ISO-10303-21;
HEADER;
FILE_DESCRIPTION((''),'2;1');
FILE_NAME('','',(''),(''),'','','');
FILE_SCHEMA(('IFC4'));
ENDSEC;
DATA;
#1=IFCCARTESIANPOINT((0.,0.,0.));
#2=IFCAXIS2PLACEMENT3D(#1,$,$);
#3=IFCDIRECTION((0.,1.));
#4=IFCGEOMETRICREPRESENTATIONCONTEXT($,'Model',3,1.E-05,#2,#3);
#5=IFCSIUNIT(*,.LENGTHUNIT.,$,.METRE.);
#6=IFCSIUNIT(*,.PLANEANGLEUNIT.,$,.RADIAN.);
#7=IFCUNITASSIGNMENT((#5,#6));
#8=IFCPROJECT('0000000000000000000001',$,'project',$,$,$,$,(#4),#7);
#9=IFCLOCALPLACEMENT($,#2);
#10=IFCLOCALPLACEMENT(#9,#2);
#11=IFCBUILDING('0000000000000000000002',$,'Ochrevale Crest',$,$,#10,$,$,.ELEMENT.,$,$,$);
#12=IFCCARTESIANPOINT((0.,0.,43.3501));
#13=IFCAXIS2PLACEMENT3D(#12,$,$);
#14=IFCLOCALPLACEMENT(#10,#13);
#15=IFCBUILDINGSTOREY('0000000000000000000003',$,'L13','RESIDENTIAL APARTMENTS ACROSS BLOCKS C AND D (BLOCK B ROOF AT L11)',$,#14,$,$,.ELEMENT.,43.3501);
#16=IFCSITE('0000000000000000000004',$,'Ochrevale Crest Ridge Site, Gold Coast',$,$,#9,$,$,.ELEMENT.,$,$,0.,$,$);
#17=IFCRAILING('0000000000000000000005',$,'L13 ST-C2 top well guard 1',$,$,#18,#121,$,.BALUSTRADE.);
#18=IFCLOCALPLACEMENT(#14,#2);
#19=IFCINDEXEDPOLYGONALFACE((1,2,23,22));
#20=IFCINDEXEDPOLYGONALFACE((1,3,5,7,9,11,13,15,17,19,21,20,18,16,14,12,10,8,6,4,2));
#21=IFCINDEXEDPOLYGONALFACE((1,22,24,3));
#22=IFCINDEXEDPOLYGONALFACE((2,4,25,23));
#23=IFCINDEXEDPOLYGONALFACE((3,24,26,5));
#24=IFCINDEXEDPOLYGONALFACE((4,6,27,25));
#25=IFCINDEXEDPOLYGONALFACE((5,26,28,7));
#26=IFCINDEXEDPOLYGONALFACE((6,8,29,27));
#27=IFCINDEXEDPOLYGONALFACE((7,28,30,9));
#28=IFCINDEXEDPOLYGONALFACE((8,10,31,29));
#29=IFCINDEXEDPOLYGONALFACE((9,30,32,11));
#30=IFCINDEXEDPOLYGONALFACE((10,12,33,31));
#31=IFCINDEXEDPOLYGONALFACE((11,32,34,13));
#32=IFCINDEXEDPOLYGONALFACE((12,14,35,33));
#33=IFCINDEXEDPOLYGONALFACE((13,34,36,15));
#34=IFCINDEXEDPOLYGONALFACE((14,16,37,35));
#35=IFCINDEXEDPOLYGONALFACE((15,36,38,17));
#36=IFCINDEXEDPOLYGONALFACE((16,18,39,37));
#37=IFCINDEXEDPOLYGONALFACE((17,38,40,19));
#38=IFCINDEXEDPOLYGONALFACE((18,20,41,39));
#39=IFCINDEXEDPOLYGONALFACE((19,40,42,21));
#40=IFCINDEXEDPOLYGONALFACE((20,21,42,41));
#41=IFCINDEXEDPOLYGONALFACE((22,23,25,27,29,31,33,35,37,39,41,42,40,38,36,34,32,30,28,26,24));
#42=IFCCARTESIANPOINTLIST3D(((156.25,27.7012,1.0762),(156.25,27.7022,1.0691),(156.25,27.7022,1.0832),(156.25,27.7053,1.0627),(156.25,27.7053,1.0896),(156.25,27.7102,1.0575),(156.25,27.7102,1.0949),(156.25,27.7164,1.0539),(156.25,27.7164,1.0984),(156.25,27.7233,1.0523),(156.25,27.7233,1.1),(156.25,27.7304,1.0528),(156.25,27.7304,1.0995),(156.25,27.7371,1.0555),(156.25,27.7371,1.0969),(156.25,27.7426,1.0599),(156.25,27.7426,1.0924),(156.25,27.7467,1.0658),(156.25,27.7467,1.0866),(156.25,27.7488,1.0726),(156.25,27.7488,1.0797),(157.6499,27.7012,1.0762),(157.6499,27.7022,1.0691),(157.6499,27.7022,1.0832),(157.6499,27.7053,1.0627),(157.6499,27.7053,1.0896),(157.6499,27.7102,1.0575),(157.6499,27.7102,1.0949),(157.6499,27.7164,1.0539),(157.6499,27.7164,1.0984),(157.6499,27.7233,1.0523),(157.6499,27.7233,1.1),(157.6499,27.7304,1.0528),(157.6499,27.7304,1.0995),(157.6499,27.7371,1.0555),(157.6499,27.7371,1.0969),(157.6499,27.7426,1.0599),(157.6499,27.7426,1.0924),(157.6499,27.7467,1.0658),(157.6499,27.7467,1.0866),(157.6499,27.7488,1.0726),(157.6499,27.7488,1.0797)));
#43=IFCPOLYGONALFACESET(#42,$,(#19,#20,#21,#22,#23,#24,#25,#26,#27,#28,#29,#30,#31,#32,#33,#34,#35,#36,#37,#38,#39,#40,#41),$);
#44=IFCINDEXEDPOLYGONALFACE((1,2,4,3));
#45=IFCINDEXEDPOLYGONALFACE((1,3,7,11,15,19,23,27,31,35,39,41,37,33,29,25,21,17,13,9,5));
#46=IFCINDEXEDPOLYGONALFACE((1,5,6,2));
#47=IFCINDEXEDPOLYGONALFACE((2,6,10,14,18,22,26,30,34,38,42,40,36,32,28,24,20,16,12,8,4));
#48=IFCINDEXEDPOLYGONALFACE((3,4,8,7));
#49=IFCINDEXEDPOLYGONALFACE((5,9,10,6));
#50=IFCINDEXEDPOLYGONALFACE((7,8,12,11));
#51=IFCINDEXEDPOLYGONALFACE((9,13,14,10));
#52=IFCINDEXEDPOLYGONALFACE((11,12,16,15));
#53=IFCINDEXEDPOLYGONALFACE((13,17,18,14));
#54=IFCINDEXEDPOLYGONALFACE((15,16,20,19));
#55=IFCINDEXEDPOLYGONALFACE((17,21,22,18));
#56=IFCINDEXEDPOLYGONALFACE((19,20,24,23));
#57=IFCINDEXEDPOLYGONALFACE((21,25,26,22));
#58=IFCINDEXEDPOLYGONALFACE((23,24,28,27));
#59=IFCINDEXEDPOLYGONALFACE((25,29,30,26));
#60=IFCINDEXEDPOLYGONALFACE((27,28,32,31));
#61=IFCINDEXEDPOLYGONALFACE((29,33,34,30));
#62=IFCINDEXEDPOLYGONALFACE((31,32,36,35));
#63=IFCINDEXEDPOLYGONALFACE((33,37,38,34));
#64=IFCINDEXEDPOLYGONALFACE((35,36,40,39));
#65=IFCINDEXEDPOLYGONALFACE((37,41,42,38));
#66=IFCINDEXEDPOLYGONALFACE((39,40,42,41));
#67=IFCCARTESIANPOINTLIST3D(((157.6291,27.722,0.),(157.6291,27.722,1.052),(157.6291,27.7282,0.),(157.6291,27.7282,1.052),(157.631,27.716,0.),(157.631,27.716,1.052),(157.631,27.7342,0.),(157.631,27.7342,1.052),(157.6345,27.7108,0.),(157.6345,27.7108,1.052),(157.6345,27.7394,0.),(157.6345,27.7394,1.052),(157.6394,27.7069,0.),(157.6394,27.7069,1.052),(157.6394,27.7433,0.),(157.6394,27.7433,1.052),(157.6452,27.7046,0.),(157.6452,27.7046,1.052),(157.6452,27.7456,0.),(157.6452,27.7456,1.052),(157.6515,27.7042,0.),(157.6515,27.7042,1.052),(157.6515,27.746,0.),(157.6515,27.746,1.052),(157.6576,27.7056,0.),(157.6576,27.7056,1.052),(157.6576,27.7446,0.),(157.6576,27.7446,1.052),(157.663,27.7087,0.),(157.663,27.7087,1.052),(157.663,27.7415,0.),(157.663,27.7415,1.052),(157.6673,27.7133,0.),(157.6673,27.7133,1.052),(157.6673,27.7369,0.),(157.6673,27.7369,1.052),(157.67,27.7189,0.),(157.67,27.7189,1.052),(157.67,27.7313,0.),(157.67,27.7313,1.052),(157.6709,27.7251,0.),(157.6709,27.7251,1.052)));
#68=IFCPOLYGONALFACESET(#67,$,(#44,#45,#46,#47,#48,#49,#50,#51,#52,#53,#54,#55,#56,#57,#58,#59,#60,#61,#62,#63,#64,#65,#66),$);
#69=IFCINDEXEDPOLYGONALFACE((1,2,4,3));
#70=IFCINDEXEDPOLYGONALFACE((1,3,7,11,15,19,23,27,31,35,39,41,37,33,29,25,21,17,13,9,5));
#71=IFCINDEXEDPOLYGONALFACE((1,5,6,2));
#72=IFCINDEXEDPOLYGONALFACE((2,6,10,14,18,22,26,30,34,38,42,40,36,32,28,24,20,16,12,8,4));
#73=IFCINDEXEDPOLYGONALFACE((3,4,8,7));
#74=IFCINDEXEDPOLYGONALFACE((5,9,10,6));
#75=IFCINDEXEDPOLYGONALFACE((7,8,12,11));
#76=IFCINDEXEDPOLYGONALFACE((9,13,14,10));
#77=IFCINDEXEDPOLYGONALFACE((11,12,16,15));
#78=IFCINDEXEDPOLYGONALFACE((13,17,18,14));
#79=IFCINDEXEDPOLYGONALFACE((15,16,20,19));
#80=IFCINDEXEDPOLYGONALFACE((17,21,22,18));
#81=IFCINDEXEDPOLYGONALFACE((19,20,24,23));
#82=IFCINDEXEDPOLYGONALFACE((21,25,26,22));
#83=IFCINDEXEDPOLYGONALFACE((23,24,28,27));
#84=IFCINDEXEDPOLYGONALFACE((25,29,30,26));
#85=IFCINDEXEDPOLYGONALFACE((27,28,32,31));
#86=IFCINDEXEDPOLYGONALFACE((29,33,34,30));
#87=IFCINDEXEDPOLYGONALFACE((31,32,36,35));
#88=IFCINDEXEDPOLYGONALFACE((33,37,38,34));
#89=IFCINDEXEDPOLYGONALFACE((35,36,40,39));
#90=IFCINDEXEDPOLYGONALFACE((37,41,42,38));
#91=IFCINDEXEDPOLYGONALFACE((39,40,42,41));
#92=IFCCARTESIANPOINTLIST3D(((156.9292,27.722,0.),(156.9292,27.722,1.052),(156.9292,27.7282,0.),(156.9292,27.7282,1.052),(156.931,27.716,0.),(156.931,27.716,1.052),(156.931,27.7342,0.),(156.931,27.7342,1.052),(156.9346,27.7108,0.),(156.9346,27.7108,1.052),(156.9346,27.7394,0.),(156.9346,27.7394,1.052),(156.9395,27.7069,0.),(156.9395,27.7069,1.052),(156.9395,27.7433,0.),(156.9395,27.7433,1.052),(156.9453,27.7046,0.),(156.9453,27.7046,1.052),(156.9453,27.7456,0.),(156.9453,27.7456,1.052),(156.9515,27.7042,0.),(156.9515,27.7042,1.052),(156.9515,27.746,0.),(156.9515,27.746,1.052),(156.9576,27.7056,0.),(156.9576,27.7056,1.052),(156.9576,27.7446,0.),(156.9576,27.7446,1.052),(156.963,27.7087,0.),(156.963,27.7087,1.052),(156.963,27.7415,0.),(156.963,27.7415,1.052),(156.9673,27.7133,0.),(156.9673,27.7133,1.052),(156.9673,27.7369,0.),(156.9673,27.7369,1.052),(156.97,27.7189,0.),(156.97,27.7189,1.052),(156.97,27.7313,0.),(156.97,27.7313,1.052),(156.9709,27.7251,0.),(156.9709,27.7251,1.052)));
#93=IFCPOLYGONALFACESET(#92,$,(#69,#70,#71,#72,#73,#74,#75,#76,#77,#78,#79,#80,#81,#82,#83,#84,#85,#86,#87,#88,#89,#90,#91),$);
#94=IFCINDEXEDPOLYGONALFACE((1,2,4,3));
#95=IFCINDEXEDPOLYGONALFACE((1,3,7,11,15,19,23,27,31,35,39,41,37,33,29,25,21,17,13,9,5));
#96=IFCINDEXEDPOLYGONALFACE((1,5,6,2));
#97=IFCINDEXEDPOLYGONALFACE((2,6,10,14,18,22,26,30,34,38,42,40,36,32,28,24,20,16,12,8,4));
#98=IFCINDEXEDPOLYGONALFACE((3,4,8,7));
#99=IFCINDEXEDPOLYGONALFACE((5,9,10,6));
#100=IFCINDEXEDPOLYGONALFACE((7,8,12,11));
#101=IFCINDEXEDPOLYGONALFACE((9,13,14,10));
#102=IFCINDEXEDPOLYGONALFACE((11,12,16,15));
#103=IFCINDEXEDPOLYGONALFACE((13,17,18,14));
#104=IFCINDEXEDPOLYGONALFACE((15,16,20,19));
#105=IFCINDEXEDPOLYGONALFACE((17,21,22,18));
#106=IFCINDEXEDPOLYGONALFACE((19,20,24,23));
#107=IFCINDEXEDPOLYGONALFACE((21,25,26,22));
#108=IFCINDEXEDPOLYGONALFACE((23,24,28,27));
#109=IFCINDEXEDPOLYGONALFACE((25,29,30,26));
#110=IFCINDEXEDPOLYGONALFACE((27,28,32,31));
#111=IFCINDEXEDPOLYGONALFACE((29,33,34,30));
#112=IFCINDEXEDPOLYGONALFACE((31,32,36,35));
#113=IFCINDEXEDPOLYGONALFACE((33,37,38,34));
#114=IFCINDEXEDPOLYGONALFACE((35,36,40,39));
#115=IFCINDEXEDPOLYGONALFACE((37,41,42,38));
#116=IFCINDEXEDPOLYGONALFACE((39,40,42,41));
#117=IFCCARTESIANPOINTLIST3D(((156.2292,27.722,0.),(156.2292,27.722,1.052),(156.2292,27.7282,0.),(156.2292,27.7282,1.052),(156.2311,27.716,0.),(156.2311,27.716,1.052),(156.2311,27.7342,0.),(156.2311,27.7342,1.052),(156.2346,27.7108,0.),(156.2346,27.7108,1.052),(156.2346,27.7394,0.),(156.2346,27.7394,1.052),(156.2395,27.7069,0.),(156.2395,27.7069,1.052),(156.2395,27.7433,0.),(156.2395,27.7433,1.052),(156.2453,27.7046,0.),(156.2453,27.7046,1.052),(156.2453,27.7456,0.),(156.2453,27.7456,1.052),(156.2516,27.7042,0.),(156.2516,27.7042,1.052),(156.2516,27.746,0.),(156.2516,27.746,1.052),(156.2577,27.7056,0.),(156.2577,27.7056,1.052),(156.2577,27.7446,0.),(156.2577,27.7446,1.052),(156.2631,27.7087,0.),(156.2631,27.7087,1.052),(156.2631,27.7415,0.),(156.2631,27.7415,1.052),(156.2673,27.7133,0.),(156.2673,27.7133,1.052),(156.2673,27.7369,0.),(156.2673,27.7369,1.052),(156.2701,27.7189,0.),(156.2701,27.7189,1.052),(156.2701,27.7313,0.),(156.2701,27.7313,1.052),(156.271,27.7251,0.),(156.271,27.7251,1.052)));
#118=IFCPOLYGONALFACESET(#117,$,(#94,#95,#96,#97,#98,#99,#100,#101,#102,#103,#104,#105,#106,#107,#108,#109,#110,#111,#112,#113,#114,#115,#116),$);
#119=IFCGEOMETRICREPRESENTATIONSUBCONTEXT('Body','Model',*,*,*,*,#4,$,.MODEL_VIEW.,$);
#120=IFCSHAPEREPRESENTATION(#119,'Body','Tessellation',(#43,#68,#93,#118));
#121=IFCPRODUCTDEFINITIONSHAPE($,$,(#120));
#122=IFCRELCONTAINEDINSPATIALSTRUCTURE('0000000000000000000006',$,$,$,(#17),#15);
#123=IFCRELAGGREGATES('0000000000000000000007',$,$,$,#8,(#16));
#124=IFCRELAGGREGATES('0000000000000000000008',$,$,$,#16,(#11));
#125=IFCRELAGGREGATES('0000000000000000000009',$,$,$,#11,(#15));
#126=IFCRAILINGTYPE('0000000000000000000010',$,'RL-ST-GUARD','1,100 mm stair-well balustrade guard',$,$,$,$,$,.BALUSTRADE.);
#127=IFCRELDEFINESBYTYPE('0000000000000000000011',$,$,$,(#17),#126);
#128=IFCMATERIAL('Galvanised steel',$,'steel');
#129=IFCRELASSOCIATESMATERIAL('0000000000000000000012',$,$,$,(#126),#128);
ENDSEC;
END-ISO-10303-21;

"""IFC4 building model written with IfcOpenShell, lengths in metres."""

from ifc_helpers import new_model, si_unit, direction, frame, origin, origin_2d, place, context, subcontext, project, spatial, circle, extrude, material, type_object, element, save


model = new_model("IFC4")

# Units and contexts
model_context = context("Model", 3, precision=1e-05, world=origin(), true_north=direction((0.0, 1.0)))
body_context = subcontext(model_context, "Body", "Model", "MODEL_VIEW")
ifc_project = project(units=[si_unit("LENGTHUNIT", "METRE"), si_unit("PLANEANGLEUNIT", "RADIAN")], contexts=[model_context])

# Site, building, storey
site_placement = place(None, origin())
site = spatial("IfcSite", under=ifc_project, at=site_placement, Name="Ochrevale Crest Ridge Site, Gold Coast", CompositionType="ELEMENT", RefElevation=0.0)
building_placement = place(site_placement, origin())
building = spatial("IfcBuilding", under=site, at=building_placement, Name="Ochrevale Crest", CompositionType="ELEMENT")
storey_placement = place(building_placement, frame((0.0, 0.0, 43.3501)))
storey = spatial("IfcBuildingStorey", under=building, at=storey_placement, Name="L13", Description="RESIDENTIAL APARTMENTS ACROSS BLOCKS C AND D (BLOCK B ROOF AT L11)", CompositionType="ELEMENT", Elevation=43.3501)

# Railing
ifc_material_1 = material(Name="Galvanised steel", Category="steel")
railing_type = type_object("IfcRailingType", Name="RL-ST-GUARD", Description="1,100 mm stair-well balustrade guard", PredefinedType="BALUSTRADE", material=ifc_material_1)
railing_placement = place(storey_placement, frame((157.6499, 27.7251, 0.0)))
element("IfcRailing", 1, at=railing_placement, inside=storey, type_object=railing_type, Name="L13 ST-C2 top well guard 1", PredefinedType="BALUSTRADE", context=body_context, shape_type="SweptSolid", body=[
    extrude(circle(Radius=0.0239, at=origin_2d()), frame((0.0, 0.0, 1.0762), z_axis=(-1.0, 0.0, 0.0), x_axis=(0.0, -1.0, 0.0)), (0.0, 0.0, 1.0), 1.3999),
    extrude(circle(Radius=0.021, at=origin_2d()), origin(), (0.0, 0.0, 1.0), 1.052),
    extrude(circle(Radius=0.021, at=origin_2d()), frame((-0.7, 0.0, 0.0)), (0.0, 0.0, 1.0), 1.052),
    extrude(circle(Radius=0.021, at=origin_2d()), frame((-1.3999, 0.0, 0.0)), (0.0, 0.0, 1.0), 1.052),
])

save(model, "model.ifc")
